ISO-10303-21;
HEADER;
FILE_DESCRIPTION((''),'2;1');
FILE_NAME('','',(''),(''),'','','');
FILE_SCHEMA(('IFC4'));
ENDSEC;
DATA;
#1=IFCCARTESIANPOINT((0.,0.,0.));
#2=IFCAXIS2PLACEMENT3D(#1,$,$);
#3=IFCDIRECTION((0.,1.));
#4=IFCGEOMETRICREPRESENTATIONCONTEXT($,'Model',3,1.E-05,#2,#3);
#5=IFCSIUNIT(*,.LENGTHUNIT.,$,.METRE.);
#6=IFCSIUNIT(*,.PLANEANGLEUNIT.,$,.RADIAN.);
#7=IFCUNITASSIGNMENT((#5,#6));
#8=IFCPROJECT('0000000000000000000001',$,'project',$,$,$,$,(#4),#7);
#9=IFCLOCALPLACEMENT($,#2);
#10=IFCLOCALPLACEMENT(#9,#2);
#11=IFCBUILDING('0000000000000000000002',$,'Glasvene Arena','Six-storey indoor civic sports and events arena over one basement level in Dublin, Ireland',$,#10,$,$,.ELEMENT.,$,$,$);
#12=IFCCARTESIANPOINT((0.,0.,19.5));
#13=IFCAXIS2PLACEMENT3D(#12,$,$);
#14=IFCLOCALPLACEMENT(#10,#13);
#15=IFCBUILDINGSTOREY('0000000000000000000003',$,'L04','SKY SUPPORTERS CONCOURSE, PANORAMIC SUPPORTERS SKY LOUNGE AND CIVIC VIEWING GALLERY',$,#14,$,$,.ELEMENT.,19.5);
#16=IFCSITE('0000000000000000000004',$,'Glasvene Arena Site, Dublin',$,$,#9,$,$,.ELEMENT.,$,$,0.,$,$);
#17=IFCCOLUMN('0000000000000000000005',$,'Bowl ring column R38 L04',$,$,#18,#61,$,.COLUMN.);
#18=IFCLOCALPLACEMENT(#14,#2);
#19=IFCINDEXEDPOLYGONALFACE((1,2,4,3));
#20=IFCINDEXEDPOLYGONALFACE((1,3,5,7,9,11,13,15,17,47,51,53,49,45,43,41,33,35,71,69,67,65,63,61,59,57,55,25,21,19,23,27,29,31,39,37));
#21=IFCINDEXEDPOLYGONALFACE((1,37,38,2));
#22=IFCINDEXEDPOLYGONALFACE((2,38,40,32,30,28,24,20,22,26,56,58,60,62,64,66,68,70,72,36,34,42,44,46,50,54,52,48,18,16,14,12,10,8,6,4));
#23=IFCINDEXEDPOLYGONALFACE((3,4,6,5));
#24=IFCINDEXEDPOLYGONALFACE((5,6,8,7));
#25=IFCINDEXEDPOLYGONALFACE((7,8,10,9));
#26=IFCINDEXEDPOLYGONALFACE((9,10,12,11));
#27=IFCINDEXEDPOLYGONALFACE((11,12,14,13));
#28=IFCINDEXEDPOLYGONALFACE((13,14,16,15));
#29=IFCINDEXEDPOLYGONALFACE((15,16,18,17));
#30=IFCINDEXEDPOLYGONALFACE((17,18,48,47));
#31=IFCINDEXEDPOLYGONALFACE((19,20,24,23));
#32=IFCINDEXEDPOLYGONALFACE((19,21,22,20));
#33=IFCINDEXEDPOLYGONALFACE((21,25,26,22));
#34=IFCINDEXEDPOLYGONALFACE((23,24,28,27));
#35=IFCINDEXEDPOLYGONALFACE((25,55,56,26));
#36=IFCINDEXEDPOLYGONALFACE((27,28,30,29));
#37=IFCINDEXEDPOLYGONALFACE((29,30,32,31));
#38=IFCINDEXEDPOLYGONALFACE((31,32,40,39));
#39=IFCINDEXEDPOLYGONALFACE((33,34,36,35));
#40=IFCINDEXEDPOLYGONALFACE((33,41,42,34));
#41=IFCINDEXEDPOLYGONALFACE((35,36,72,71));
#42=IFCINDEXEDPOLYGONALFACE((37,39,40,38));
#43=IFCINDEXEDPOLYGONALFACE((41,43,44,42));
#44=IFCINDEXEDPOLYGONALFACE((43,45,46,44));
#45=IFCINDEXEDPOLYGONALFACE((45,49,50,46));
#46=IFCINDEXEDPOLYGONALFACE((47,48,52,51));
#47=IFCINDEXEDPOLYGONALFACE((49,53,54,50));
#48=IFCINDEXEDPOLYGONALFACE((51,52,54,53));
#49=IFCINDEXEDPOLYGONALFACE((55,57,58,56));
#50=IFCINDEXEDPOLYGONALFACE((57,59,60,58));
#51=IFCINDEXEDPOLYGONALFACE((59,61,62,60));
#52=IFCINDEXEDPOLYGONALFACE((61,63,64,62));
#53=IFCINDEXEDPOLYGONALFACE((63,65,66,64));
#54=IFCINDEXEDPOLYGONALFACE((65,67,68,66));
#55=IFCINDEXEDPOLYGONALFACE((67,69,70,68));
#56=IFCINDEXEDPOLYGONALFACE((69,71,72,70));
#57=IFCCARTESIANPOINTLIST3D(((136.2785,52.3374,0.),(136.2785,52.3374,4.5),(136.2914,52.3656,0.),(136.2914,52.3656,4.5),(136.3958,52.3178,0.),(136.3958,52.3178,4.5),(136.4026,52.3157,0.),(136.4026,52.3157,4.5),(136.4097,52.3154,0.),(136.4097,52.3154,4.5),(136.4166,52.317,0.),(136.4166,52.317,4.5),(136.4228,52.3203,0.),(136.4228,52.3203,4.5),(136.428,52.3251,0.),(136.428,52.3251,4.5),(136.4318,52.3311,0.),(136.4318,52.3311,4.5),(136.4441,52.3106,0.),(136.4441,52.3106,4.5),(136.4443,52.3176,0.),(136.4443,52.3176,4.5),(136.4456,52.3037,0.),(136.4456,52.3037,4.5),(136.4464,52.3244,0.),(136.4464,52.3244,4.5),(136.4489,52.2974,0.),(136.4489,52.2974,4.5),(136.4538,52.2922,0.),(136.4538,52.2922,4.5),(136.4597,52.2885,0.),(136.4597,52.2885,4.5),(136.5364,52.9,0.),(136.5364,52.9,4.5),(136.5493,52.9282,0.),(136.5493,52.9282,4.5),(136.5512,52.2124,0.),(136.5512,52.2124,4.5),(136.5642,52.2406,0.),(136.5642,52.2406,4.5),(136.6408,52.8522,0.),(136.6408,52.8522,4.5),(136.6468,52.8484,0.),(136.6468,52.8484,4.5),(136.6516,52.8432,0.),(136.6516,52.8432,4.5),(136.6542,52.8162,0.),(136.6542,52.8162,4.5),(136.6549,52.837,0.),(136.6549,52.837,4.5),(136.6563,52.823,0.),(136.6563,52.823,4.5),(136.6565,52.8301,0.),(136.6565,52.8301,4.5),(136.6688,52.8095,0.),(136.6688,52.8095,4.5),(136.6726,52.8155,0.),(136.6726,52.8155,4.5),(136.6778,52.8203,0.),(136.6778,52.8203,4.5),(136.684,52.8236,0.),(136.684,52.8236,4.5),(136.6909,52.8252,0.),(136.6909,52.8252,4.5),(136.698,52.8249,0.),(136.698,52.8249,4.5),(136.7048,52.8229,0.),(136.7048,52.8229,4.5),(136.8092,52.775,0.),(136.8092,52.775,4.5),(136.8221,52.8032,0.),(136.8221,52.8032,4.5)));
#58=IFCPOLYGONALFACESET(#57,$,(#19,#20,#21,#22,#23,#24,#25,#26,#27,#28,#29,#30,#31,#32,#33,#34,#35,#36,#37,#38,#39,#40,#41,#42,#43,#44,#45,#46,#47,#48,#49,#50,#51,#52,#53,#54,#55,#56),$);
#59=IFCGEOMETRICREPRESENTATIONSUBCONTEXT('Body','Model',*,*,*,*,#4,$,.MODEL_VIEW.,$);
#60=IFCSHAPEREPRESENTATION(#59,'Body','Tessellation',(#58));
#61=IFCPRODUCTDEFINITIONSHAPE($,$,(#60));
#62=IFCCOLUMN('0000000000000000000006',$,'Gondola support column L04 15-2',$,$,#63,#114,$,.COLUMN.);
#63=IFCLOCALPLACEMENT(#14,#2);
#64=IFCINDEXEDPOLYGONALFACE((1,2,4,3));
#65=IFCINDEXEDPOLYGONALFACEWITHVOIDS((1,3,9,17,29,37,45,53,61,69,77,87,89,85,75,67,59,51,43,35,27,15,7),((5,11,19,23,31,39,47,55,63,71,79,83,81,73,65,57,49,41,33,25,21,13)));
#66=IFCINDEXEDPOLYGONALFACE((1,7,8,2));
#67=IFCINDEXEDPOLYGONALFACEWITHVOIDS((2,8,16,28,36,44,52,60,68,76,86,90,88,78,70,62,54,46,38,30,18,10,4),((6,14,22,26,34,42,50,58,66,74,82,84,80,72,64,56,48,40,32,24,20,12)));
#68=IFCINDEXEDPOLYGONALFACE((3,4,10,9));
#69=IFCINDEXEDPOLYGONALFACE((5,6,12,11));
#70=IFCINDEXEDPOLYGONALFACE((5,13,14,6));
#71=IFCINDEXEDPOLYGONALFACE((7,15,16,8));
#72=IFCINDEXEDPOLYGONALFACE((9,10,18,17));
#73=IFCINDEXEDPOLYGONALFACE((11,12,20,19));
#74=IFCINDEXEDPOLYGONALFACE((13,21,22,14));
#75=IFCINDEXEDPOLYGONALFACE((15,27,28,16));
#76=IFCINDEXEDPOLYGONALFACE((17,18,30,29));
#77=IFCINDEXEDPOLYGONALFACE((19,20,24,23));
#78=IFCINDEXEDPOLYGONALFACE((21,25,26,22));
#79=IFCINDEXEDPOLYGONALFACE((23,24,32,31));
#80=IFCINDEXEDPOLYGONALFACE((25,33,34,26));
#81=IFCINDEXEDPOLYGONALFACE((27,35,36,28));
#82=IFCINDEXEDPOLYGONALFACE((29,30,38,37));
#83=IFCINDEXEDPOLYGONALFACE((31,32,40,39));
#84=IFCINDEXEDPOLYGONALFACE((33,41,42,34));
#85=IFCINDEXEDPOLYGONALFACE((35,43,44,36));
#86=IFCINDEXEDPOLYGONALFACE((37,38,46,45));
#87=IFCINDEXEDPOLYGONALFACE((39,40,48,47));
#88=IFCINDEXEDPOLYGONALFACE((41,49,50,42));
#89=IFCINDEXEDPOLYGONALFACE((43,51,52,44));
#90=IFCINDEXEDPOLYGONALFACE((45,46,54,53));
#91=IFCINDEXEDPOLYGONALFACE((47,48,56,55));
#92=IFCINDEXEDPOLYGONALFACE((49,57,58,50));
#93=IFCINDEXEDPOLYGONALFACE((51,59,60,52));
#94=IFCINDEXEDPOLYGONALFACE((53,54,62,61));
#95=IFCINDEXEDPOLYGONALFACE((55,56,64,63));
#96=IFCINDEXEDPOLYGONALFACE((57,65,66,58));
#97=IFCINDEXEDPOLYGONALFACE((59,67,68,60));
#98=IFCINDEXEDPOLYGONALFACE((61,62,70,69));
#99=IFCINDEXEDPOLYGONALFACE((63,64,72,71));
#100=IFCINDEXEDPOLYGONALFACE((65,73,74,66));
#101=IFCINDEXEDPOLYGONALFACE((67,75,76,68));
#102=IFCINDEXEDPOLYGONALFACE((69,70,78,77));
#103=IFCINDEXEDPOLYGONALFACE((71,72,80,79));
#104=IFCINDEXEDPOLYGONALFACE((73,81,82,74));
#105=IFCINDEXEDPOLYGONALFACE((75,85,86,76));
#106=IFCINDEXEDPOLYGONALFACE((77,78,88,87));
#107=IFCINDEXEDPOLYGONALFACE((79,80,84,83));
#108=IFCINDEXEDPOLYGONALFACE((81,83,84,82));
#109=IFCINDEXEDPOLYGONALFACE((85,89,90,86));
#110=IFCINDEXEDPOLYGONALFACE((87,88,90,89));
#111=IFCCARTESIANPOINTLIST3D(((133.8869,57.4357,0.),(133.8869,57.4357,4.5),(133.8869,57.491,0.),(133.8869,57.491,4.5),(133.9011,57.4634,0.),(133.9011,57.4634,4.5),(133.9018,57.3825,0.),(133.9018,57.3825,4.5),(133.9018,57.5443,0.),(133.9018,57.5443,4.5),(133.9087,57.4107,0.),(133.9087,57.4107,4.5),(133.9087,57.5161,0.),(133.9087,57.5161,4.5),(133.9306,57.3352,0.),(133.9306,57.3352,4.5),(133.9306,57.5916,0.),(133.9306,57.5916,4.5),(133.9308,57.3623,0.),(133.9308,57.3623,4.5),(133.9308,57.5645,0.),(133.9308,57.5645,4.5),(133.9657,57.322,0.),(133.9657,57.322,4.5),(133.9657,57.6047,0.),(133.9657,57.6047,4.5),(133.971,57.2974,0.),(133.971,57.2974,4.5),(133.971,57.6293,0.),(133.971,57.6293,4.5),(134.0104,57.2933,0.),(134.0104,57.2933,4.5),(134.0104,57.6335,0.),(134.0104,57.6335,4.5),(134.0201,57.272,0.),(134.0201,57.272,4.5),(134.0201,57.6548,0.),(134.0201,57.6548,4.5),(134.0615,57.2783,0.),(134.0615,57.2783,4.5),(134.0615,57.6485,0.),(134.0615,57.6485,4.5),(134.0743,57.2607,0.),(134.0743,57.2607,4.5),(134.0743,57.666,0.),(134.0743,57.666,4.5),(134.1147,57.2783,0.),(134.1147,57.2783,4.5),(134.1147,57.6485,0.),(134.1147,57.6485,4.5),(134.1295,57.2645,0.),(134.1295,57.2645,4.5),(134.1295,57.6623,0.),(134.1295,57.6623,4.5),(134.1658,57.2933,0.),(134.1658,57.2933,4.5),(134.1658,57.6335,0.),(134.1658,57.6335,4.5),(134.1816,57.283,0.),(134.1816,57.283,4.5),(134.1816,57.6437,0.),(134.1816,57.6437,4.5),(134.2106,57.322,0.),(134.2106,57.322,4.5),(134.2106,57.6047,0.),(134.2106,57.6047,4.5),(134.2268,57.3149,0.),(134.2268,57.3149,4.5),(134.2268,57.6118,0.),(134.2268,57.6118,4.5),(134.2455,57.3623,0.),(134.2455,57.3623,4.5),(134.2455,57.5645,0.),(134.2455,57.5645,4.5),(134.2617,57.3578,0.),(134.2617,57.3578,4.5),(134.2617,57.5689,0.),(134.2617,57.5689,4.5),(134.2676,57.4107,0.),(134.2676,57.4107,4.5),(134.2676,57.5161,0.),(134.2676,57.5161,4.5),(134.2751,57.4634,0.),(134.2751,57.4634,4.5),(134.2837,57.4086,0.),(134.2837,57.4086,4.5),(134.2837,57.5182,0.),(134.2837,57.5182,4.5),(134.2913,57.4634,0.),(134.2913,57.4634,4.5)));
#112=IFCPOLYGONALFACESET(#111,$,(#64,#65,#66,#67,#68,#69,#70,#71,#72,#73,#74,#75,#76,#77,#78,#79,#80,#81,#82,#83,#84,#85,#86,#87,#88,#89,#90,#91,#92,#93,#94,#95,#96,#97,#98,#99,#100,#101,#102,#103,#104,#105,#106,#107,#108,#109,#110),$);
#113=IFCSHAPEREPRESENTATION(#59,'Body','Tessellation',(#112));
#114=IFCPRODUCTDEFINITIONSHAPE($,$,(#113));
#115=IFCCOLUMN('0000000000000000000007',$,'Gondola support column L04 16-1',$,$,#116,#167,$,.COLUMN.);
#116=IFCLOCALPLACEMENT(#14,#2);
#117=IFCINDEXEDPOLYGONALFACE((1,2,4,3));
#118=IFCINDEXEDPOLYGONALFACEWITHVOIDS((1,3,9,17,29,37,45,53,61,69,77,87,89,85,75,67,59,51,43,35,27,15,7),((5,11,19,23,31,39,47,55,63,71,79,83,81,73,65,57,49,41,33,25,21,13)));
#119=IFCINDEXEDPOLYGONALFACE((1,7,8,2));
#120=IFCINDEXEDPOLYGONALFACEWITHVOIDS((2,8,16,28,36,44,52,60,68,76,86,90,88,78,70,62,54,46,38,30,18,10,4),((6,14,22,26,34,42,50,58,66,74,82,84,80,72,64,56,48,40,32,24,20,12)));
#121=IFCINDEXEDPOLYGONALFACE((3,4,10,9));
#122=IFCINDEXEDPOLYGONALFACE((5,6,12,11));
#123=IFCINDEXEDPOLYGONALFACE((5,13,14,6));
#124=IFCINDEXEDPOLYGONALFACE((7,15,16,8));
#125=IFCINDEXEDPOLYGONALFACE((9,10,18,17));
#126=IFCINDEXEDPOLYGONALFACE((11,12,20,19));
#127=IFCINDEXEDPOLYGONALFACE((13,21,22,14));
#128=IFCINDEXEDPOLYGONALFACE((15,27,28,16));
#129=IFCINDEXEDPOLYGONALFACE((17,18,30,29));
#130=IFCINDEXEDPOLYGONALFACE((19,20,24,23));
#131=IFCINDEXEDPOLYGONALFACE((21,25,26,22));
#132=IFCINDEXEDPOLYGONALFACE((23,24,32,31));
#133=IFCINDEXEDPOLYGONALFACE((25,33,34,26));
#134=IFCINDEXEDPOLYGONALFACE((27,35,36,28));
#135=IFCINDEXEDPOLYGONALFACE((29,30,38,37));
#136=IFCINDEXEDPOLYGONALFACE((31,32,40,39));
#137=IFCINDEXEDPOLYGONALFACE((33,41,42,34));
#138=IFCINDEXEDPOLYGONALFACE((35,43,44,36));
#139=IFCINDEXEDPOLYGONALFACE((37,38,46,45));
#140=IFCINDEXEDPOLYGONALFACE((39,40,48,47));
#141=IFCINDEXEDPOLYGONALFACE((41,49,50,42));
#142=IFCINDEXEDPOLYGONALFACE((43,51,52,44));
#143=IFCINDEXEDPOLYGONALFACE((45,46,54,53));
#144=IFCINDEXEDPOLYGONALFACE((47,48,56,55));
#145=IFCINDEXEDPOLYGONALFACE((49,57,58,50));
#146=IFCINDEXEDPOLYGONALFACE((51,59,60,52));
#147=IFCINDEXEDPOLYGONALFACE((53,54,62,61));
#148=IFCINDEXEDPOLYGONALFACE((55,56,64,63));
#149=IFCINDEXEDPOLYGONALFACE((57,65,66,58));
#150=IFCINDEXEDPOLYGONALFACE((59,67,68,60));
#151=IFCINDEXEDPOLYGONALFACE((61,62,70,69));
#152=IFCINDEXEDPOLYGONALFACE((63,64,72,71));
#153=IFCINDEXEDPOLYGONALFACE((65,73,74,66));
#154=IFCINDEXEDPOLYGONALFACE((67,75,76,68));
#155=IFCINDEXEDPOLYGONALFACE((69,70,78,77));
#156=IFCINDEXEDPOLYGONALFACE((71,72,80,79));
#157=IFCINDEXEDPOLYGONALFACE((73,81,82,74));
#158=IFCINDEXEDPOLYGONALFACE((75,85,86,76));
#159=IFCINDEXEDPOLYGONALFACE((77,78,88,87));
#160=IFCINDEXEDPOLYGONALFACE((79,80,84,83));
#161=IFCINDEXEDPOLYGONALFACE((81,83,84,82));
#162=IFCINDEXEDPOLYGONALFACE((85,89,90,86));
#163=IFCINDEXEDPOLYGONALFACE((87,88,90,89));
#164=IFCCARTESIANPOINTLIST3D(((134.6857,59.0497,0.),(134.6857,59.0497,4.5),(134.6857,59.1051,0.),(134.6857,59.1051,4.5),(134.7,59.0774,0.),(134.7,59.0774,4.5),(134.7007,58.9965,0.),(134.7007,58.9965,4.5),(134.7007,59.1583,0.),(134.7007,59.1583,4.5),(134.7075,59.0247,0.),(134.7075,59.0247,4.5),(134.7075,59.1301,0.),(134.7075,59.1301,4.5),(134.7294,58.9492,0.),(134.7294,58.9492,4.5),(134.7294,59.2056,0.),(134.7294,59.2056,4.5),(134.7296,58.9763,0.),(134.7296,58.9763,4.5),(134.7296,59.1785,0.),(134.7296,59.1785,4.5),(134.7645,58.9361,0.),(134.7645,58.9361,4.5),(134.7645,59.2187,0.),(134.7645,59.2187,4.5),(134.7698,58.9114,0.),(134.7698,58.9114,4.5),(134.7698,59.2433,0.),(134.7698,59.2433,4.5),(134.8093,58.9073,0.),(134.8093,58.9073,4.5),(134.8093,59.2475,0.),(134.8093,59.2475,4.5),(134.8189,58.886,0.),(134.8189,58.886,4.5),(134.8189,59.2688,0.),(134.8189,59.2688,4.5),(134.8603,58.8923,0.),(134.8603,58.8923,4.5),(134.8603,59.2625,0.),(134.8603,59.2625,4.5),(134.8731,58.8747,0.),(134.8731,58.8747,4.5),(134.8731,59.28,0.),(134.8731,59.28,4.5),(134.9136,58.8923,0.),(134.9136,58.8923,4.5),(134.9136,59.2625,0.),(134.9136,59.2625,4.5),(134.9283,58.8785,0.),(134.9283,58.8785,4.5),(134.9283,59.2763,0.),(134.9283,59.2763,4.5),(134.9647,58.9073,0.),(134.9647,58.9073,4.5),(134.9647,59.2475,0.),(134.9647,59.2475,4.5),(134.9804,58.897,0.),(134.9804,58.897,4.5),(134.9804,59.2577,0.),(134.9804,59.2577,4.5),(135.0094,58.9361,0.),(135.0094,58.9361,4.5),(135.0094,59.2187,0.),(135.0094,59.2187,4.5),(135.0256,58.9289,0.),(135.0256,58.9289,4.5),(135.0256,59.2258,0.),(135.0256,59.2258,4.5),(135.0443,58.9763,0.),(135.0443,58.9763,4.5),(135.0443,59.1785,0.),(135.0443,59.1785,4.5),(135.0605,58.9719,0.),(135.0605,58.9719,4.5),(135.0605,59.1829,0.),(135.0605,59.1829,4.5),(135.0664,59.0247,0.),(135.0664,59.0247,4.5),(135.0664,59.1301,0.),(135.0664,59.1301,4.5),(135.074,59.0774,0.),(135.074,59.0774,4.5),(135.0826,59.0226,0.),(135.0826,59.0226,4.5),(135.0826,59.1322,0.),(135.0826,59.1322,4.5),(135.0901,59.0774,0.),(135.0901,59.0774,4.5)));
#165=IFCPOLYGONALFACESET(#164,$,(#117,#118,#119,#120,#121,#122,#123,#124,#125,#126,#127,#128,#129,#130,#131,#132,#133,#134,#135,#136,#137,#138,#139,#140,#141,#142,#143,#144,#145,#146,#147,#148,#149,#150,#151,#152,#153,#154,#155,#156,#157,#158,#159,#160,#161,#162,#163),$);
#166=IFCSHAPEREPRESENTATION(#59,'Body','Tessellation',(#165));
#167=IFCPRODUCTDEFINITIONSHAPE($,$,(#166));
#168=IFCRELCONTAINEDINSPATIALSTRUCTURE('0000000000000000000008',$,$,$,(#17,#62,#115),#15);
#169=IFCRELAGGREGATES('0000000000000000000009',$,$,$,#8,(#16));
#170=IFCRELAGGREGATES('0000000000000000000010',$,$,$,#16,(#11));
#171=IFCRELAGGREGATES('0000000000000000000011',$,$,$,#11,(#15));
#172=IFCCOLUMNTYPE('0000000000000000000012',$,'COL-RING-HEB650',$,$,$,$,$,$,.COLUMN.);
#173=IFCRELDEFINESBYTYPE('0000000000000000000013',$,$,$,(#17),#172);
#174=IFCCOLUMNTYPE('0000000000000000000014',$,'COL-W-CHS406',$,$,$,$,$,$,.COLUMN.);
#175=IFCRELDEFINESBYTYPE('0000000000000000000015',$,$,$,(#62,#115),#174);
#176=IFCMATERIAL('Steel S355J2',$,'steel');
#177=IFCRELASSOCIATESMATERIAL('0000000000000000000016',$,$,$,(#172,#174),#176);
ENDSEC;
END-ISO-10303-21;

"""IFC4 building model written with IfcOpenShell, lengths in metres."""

from ifc_helpers import new_model, si_unit, direction, frame, origin, origin_2d, place, context, subcontext, project, spatial, hollow_circle, i_section, extrude, material, material_profile, profile_set, type_object, element, save


model = new_model("IFC4")

# Units and contexts
model_context = context("Model", 3, precision=1e-05, world=origin(), true_north=direction((0.0, 1.0)))
body_context = subcontext(model_context, "Body", "Model", "MODEL_VIEW")
ifc_project = project(units=[si_unit("LENGTHUNIT", "METRE"), si_unit("PLANEANGLEUNIT", "RADIAN")], contexts=[model_context])

# Site, building, storey
site_placement = place(None, origin())
site = spatial("IfcSite", under=ifc_project, at=site_placement, Name="Glasvene Arena Site, Dublin", CompositionType="ELEMENT", RefElevation=0.0)
building_placement = place(site_placement, origin())
building = spatial("IfcBuilding", under=site, at=building_placement, Name="Glasvene Arena", Description="Six-storey indoor civic sports and events arena over one basement level in Dublin, Ireland", CompositionType="ELEMENT")
storey_placement = place(building_placement, frame((0.0, 0.0, 19.5)))
storey = spatial("IfcBuildingStorey", under=building, at=storey_placement, Name="L04", Description="SKY SUPPORTERS CONCOURSE, PANORAMIC SUPPORTERS SKY LOUNGE AND CIVIC VIEWING GALLERY", CompositionType="ELEMENT", Elevation=19.5)

# Columns
ifc_material_1 = material(Name="Steel S355J2", Category="steel")
ifc_material_profile_1 = material_profile(ifc_material_1, i_section(OverallWidth=0.3, OverallDepth=0.6499, WebThickness=0.0161, FlangeThickness=0.031, FilletRadius=0.0271, at=origin_2d()), Name="HEB 650")
ifc_profile_set_1 = profile_set([ifc_material_profile_1], Name="Steel S355J2")
column_type_1 = type_object("IfcColumnType", Name="COL-RING-HEB650", PredefinedType="COLUMN", material=ifc_profile_set_1)
column_placement = place(storey_placement, frame((136.5503, 52.5703, 0.0), z_axis=(0.0, 0.0, 1.0), x_axis=(0.909018, -0.416757, 0.0)))
element("IfcColumn", 1, at=column_placement, inside=storey, type_object=column_type_1, Name="Bowl ring column R38 L04", PredefinedType="COLUMN", context=body_context, shape_type="SweptSolid", body=[
    extrude(i_section(OverallWidth=0.3, OverallDepth=0.6499, WebThickness=0.0161, FlangeThickness=0.031, FilletRadius=0.0271, at=origin_2d()), origin(), (0.0, 0.0, 1.0), 4.5),
])
ifc_material_profile_2 = material_profile(ifc_material_1, hollow_circle(Radius=0.2031, WallThickness=0.0161, at=origin_2d()), Name="CHS 406.4x16.0")
ifc_profile_set_2 = profile_set([ifc_material_profile_2], Name="Steel S355J2")
column_type_2 = type_object("IfcColumnType", Name="COL-W-CHS406", PredefinedType="COLUMN", material=ifc_profile_set_2)
for number, where, z_axis, x_axis, name in (
    (2, (134.0881, 57.4634, 0.0), (0.0, 0.0, 1.0), (1.0, 0.0, 0.0), "Gondola support column L04 15-2"),
    (3, (134.887, 59.0774, 0.0), (0.0, 0.0, 1.0), (1.0, 0.0, 0.0), "Gondola support column L04 16-1"),
):
    element("IfcColumn", number, at=place(storey_placement, frame(where, z_axis=z_axis, x_axis=x_axis)), inside=storey, type_object=column_type_2, Name=name, PredefinedType="COLUMN", context=body_context, shape_type="SweptSolid", body=[
        extrude(hollow_circle(Radius=0.2031, WallThickness=0.0161, at=origin_2d()), origin(), (0.0, 0.0, 1.0), 4.5),
    ])

save(model, "model.ifc")
